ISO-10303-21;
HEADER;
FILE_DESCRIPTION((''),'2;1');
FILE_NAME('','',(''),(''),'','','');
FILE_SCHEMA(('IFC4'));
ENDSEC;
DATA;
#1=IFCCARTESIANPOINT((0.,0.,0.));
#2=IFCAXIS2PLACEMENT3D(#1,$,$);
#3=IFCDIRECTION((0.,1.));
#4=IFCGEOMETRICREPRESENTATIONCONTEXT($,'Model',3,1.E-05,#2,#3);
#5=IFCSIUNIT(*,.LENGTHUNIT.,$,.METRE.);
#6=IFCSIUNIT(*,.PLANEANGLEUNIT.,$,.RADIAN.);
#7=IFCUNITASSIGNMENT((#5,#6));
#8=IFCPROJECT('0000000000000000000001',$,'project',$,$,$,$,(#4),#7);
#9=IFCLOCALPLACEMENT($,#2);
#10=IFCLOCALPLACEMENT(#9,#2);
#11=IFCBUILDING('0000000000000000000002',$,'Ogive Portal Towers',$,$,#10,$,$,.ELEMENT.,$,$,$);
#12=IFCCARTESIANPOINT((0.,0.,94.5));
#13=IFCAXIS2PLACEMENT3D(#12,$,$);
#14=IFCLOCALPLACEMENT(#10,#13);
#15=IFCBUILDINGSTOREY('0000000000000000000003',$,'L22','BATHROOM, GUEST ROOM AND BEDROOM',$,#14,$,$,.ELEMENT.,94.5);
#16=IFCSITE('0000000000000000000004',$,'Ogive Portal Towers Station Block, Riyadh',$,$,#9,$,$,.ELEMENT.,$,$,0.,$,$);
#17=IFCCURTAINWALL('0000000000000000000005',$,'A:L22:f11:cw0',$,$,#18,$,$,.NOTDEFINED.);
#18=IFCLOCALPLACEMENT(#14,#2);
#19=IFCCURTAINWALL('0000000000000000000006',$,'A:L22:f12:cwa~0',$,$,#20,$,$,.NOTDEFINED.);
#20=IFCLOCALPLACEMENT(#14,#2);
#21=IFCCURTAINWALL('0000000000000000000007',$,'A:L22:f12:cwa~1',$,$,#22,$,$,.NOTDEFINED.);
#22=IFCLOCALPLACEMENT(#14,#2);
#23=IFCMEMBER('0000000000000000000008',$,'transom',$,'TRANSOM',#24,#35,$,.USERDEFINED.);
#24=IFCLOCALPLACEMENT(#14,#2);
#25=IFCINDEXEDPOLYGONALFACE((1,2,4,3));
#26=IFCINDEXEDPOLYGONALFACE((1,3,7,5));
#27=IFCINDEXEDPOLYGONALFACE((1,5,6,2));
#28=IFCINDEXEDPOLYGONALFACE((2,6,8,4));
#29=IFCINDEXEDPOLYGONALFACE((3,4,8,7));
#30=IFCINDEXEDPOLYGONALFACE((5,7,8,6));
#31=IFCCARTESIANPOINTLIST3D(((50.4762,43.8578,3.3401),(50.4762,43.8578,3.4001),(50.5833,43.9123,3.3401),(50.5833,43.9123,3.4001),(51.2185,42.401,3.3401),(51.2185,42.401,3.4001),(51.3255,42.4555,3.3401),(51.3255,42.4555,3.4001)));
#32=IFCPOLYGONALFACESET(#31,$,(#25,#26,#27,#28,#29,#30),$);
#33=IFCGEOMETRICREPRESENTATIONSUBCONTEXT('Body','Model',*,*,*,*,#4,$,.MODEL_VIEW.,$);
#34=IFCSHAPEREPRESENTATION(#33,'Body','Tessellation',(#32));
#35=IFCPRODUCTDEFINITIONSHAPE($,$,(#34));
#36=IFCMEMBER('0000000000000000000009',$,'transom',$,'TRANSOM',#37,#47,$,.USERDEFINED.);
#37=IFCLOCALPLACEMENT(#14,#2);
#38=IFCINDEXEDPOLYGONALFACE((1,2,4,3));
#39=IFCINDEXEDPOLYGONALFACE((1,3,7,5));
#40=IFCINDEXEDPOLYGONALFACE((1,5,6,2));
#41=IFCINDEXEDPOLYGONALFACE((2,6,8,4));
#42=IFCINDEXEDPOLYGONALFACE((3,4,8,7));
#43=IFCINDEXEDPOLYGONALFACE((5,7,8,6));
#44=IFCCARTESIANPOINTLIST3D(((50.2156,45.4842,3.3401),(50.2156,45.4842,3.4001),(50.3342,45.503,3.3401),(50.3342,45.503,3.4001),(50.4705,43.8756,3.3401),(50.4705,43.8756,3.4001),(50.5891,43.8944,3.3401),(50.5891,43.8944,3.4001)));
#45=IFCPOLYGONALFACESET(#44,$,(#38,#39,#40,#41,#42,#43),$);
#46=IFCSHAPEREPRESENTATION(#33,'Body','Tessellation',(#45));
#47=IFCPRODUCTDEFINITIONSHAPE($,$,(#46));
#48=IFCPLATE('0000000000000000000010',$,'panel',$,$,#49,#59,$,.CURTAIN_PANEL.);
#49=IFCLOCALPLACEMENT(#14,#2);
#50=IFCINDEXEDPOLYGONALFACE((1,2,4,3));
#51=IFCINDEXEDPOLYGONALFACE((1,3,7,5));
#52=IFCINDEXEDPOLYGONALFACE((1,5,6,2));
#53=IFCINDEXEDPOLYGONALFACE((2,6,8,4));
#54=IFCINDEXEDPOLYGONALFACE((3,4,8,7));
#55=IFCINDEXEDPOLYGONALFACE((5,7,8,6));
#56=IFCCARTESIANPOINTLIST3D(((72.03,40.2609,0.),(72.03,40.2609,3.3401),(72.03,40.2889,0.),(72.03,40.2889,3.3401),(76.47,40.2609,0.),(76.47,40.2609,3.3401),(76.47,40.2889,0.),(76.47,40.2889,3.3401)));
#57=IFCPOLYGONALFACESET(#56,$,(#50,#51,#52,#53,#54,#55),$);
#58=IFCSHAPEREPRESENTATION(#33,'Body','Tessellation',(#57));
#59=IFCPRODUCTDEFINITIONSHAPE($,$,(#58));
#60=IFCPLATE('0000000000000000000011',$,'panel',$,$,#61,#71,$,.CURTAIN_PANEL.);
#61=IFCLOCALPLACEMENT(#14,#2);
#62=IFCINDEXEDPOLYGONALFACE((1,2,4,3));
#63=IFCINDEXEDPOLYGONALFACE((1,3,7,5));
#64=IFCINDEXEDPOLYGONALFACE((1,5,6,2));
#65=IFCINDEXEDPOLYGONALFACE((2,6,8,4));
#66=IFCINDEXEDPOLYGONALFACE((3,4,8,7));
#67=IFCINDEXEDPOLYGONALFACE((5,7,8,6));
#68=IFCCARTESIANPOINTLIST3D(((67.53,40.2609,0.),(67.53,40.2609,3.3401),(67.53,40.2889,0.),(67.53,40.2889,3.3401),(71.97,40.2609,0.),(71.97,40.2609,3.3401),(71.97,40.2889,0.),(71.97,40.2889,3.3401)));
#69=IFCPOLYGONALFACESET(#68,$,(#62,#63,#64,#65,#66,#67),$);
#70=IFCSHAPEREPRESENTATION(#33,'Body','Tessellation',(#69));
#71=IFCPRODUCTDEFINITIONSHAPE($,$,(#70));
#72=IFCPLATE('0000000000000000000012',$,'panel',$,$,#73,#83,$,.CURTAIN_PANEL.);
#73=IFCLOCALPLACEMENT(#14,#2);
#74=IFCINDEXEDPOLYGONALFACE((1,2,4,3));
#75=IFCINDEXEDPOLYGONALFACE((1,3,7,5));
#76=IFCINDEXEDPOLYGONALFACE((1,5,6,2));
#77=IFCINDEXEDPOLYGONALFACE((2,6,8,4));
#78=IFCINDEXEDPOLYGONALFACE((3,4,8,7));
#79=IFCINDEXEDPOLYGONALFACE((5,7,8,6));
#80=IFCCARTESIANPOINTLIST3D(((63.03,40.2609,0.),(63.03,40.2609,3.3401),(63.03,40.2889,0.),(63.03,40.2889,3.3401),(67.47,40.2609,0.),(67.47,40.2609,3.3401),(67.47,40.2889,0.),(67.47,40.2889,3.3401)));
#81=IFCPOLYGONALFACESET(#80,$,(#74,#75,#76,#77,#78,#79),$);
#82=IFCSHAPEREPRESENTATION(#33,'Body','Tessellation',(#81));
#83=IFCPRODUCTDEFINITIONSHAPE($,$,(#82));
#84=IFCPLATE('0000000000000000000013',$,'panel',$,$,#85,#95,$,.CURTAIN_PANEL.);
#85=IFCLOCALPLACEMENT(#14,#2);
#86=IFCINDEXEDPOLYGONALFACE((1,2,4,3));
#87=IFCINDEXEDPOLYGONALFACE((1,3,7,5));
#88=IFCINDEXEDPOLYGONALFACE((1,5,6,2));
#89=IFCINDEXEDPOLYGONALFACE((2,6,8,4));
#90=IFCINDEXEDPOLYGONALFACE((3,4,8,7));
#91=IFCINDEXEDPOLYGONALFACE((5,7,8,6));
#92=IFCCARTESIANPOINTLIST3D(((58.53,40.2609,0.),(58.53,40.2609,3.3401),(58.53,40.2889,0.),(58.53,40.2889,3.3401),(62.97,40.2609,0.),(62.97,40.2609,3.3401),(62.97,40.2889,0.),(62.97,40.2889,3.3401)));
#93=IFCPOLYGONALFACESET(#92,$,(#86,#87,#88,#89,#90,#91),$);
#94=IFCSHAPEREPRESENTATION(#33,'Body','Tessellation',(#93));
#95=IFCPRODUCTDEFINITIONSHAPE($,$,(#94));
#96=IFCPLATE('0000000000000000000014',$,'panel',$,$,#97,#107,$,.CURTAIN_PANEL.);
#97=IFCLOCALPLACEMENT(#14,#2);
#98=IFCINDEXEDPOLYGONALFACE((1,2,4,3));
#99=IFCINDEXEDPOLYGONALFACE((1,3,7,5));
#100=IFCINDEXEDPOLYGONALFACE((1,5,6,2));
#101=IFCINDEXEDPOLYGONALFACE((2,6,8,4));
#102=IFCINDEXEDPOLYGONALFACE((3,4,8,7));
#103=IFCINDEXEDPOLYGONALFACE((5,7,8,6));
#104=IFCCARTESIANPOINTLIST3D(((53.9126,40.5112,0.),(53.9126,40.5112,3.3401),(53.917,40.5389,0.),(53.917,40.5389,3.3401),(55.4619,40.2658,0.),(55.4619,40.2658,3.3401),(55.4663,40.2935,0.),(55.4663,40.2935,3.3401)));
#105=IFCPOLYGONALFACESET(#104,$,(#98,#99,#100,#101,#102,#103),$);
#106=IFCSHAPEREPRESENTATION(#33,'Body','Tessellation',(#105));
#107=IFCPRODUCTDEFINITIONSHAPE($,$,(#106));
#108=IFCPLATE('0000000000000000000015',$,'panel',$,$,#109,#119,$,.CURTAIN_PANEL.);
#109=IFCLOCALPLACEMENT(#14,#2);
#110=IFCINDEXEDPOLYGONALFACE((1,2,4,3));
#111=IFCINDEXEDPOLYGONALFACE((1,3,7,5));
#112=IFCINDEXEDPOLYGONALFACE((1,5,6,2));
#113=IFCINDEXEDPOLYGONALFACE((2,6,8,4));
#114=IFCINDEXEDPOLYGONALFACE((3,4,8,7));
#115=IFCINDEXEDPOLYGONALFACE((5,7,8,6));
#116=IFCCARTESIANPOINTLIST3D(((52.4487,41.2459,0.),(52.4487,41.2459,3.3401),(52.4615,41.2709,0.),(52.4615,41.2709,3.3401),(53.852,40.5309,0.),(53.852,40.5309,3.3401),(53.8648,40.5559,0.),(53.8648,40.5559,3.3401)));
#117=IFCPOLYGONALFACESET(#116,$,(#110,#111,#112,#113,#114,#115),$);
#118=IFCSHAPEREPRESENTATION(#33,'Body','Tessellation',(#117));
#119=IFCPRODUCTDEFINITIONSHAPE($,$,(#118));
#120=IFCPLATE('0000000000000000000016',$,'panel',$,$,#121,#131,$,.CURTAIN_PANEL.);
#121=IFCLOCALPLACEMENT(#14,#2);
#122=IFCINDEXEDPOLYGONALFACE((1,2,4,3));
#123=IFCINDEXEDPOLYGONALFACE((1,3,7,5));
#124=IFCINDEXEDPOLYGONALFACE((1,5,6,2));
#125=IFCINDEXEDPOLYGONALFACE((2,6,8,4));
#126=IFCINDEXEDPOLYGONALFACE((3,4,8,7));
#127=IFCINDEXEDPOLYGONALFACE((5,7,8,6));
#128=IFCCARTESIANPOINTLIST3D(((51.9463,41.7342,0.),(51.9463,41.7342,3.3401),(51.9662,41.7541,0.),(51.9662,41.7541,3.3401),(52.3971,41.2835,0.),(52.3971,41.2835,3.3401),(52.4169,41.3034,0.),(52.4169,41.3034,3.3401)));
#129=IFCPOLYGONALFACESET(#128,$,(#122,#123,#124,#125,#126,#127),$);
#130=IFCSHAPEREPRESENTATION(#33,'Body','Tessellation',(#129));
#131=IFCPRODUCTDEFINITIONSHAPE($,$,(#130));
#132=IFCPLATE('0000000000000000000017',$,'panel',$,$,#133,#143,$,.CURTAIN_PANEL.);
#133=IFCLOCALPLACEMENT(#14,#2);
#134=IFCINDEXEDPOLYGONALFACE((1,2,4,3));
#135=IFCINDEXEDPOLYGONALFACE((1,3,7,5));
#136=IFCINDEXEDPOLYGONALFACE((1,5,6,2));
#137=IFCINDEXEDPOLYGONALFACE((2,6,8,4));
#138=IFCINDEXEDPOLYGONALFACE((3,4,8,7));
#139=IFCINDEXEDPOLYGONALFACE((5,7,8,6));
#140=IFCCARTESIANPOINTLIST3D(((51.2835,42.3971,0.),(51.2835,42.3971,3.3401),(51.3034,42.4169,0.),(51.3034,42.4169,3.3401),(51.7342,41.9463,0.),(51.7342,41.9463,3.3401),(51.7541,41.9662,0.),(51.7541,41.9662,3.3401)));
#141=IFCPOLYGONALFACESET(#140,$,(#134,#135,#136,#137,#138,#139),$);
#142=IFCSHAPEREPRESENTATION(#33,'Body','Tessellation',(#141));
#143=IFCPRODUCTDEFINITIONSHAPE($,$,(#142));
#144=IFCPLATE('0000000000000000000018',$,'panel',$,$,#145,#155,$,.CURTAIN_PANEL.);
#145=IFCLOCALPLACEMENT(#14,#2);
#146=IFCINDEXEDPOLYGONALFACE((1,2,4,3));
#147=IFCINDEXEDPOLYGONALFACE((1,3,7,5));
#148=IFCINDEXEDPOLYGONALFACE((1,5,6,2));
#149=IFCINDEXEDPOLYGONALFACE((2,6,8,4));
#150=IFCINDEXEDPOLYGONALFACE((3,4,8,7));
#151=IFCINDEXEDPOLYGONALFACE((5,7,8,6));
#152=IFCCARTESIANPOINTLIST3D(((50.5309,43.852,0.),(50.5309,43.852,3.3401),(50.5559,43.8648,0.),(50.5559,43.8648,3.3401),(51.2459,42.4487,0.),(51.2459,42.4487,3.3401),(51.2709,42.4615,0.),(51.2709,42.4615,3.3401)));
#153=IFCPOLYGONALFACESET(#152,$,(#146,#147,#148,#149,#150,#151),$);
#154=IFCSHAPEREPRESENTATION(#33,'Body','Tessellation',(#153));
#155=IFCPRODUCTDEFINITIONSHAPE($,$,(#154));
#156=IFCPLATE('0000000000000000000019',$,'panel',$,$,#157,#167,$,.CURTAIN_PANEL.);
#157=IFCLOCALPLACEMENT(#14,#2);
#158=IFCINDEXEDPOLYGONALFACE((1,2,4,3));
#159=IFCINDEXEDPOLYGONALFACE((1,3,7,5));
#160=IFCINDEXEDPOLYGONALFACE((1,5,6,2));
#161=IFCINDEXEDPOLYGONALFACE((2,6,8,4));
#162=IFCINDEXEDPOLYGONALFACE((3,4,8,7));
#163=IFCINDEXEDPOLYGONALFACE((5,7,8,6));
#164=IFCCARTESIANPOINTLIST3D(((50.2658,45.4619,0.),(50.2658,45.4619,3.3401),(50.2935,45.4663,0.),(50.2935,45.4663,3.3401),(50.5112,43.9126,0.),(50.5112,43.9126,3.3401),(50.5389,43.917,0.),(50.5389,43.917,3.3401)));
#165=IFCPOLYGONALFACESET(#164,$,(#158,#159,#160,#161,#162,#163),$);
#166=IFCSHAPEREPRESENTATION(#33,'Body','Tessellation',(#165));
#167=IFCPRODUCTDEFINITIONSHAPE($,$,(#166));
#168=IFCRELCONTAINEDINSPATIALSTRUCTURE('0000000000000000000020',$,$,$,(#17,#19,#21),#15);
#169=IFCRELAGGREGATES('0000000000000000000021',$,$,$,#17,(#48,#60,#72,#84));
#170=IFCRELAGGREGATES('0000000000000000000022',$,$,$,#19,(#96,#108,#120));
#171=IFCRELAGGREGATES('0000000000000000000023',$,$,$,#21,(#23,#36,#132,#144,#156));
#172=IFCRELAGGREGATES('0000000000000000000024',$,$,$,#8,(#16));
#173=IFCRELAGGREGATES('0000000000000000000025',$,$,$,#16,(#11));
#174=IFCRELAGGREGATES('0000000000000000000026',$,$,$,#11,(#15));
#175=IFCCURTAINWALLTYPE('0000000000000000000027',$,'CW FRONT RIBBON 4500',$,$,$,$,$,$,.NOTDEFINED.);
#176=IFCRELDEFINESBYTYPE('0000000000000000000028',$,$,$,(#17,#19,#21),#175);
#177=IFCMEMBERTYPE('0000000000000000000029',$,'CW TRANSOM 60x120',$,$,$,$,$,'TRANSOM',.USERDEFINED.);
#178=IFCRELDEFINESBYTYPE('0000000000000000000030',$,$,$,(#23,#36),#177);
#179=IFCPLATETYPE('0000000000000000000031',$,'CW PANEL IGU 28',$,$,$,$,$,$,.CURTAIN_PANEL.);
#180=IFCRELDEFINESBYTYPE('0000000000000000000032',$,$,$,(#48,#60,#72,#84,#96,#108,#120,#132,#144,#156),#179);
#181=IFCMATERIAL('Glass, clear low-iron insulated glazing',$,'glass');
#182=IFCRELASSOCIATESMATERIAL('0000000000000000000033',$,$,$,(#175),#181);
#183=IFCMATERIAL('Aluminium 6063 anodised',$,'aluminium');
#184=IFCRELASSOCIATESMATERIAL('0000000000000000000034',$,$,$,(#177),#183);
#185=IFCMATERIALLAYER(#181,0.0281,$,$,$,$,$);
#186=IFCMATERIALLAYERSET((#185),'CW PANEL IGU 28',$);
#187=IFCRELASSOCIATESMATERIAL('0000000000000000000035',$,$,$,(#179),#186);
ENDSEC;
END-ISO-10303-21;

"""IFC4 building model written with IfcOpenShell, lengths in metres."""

from ifc_helpers import new_model, si_unit, direction, frame, origin, origin_2d, place, context, subcontext, project, spatial, rectangle, extrude, material, layer, layer_set, material_profile, profile_set, type_object, element, aggregate, save


model = new_model("IFC4")

# Units and contexts
model_context = context("Model", 3, precision=1e-05, world=origin(), true_north=direction((0.0, 1.0)))
body_context = subcontext(model_context, "Body", "Model", "MODEL_VIEW")
ifc_project = project(units=[si_unit("LENGTHUNIT", "METRE"), si_unit("PLANEANGLEUNIT", "RADIAN")], contexts=[model_context])

# Site, building, storey
site_placement = place(None, origin())
site = spatial("IfcSite", under=ifc_project, at=site_placement, Name="Ogive Portal Towers Station Block, Riyadh", CompositionType="ELEMENT", RefElevation=0.0)
building_placement = place(site_placement, origin())
building = spatial("IfcBuilding", under=site, at=building_placement, Name="Ogive Portal Towers", CompositionType="ELEMENT")
storey_placement = place(building_placement, frame((0.0, 0.0, 94.5)))
storey = spatial("IfcBuildingStorey", under=building, at=storey_placement, Name="L22", Description="BATHROOM, GUEST ROOM AND BEDROOM", CompositionType="ELEMENT", Elevation=94.5)

# Curtain walls
ifc_material_1 = material(Name="Glass, clear low-iron insulated glazing", Category="glass")
curtain_wall_type = type_object("IfcCurtainWallType", Name="CW FRONT RIBBON 4500", PredefinedType="NOTDEFINED", material=ifc_material_1)
curtain_wall_1_placement = place(storey_placement, origin())
curtain_wall_1 = element("IfcCurtainWall", 1, at=curtain_wall_1_placement, inside=storey, type_object=curtain_wall_type, Name="A:L22:f11:cw0", PredefinedType="NOTDEFINED")
ifc_material_2 = material(Name="Aluminium 6063 anodised", Category="aluminium")
curtain_wall_2_placement = place(storey_placement, origin())
curtain_wall_2 = element("IfcCurtainWall", 2, at=curtain_wall_2_placement, inside=storey, type_object=curtain_wall_type, Name="A:L22:f12:cwa~0", PredefinedType="NOTDEFINED")
curtain_wall_3_placement = place(storey_placement, origin())
curtain_wall_3 = element("IfcCurtainWall", 3, at=curtain_wall_3_placement, inside=storey, type_object=curtain_wall_type, Name="A:L22:f12:cwa~1", PredefinedType="NOTDEFINED")

# Shared definitions
ifc_material_profile_1 = material_profile(ifc_material_2, rectangle(XDim=0.1201, YDim=0.0601, at=origin_2d()), Name="AL 120x60")
ifc_profile_set_1 = profile_set([ifc_material_profile_1], Name="Aluminium 6063 anodised")
member_type_1 = type_object("IfcMemberType", Name="CW TRANSOM 60x120", ElementType="TRANSOM", PredefinedType="USERDEFINED", material=ifc_profile_set_1)

# Members
member_1_placement = place(storey_placement, frame((51.272, 42.4282, 3.3701), z_axis=(-0.45395, 0.891027, 0.0), x_axis=(-0.891027, -0.45395, 0.0)))
member_1 = element("IfcMember", 4, at=member_1_placement, type_object=member_type_1, Name="transom", ObjectType="TRANSOM", PredefinedType="USERDEFINED", context=body_context, shape_type="SweptSolid", body=[
    extrude(rectangle(XDim=0.1201, YDim=0.0601, at=origin_2d()), origin(), (0.0, 0.0, 1.0), 1.635),
])
member_2_placement = place(storey_placement, frame((50.5298, 43.885, 3.3701), z_axis=(-0.156494, 0.987679, 0.0), x_axis=(-0.987679, -0.156494, 0.0)))
member_2 = element("IfcMember", 5, at=member_2_placement, type_object=member_type_1, Name="transom", ObjectType="TRANSOM", PredefinedType="USERDEFINED", context=body_context, shape_type="SweptSolid", body=[
    extrude(rectangle(XDim=0.1201, YDim=0.0601, at=origin_2d()), origin(), (0.0, 0.0, 1.0), 1.6287),
])

# Plates
ifc_layer = layer(ifc_material_1, 0.0281)
ifc_layer_set = layer_set([ifc_layer], Name="CW PANEL IGU 28")
plate_type = type_object("IfcPlateType", Name="CW PANEL IGU 28", PredefinedType="CURTAIN_PANEL", material=ifc_layer_set)
plate_1_placement = place(storey_placement, frame((74.25, 40.2749, 0.0), z_axis=(0.0, 0.0, 1.0), x_axis=(-1.0, 0.0, 0.0)))
plate_1 = element("IfcPlate", 6, at=plate_1_placement, type_object=plate_type, Name="panel", PredefinedType="CURTAIN_PANEL", context=body_context, shape_type="SweptSolid", body=[
    extrude(rectangle(XDim=4.4399, YDim=0.0281, at=origin_2d()), origin(), (0.0, 0.0, 1.0), 3.3401),
])
plate_2_placement = place(storey_placement, frame((69.75, 40.2749, 0.0), z_axis=(0.0, 0.0, 1.0), x_axis=(-1.0, 0.0, 0.0)))
plate_2 = element("IfcPlate", 7, at=plate_2_placement, type_object=plate_type, Name="panel", PredefinedType="CURTAIN_PANEL", context=body_context, shape_type="SweptSolid", body=[
    extrude(rectangle(XDim=4.4399, YDim=0.0281, at=origin_2d()), origin(), (0.0, 0.0, 1.0), 3.3401),
])
plate_3_placement = place(storey_placement, frame((65.25, 40.2749, 0.0), z_axis=(0.0, 0.0, 1.0), x_axis=(-1.0, 0.0, 0.0)))
plate_3 = element("IfcPlate", 8, at=plate_3_placement, type_object=plate_type, Name="panel", PredefinedType="CURTAIN_PANEL", context=body_context, shape_type="SweptSolid", body=[
    extrude(rectangle(XDim=4.4399, YDim=0.0281, at=origin_2d()), origin(), (0.0, 0.0, 1.0), 3.3401),
])
plate_4_placement = place(storey_placement, frame((60.75, 40.2749, 0.0), z_axis=(0.0, 0.0, 1.0), x_axis=(-1.0, 0.0, 0.0)))
plate_4 = element("IfcPlate", 9, at=plate_4_placement, type_object=plate_type, Name="panel", PredefinedType="CURTAIN_PANEL", context=body_context, shape_type="SweptSolid", body=[
    extrude(rectangle(XDim=4.4399, YDim=0.0281, at=origin_2d()), origin(), (0.0, 0.0, 1.0), 3.3401),
])
aggregate(curtain_wall_1, [plate_1, plate_2, plate_3, plate_4])
plate_5_placement = place(storey_placement, frame((54.6895, 40.4023, 0.0), z_axis=(0.0, 0.0, 1.0), x_axis=(-0.987688, 0.156434, 0.0)))
plate_5 = element("IfcPlate", 10, at=plate_5_placement, type_object=plate_type, Name="panel", PredefinedType="CURTAIN_PANEL", context=body_context, shape_type="SweptSolid", body=[
    extrude(rectangle(XDim=1.5686, YDim=0.0281, at=origin_2d()), origin(), (0.0, 0.0, 1.0), 3.3401),
])
plate_6_placement = place(storey_placement, frame((53.1567, 40.9009, 0.0), z_axis=(0.0, 0.0, 1.0), x_axis=(-0.891007, 0.45399, 0.0)))
plate_6 = element("IfcPlate", 11, at=plate_6_placement, type_object=plate_type, Name="panel", PredefinedType="CURTAIN_PANEL", context=body_context, shape_type="SweptSolid", body=[
    extrude(rectangle(XDim=1.575, YDim=0.0281, at=origin_2d()), origin(), (0.0, 0.0, 1.0), 3.3401),
])
plate_7_placement = place(storey_placement, frame((52.1816, 41.5188, 0.0), z_axis=(0.0, 0.0, 1.0), x_axis=(-0.707107, 0.707107, 0.0)))
plate_7 = element("IfcPlate", 12, at=plate_7_placement, type_object=plate_type, Name="panel", PredefinedType="CURTAIN_PANEL", context=body_context, shape_type="SweptSolid", body=[
    extrude(rectangle(XDim=0.6375, YDim=0.0281, at=origin_2d()), origin(), (0.0, 0.0, 1.0), 3.3401),
])
aggregate(curtain_wall_2, [plate_5, plate_6, plate_7])
plate_8_placement = place(storey_placement, frame((51.5188, 42.1816, 0.0), z_axis=(0.0, 0.0, 1.0), x_axis=(-0.707107, 0.707107, 0.0)))
plate_8 = element("IfcPlate", 13, at=plate_8_placement, type_object=plate_type, Name="panel", PredefinedType="CURTAIN_PANEL", context=body_context, shape_type="SweptSolid", body=[
    extrude(rectangle(XDim=0.6375, YDim=0.0281, at=origin_2d()), origin(), (0.0, 0.0, 1.0), 3.3401),
])
plate_9_placement = place(storey_placement, frame((50.9009, 43.1567, 0.0), z_axis=(0.0, 0.0, 1.0), x_axis=(-0.45399, 0.891007, 0.0)))
plate_9 = element("IfcPlate", 14, at=plate_9_placement, type_object=plate_type, Name="panel", PredefinedType="CURTAIN_PANEL", context=body_context, shape_type="SweptSolid", body=[
    extrude(rectangle(XDim=1.575, YDim=0.0281, at=origin_2d()), origin(), (0.0, 0.0, 1.0), 3.3401),
])
plate_10_placement = place(storey_placement, frame((50.4023, 44.6895, 0.0), z_axis=(0.0, 0.0, 1.0), x_axis=(-0.156434, 0.987688, 0.0)))
plate_10 = element("IfcPlate", 15, at=plate_10_placement, type_object=plate_type, Name="panel", PredefinedType="CURTAIN_PANEL", context=body_context, shape_type="SweptSolid", body=[
    extrude(rectangle(XDim=1.5686, YDim=0.0281, at=origin_2d()), origin(), (0.0, 0.0, 1.0), 3.3401),
])
aggregate(curtain_wall_3, [member_1, member_2, plate_8, plate_9, plate_10])

save(model, "model.ifc")
